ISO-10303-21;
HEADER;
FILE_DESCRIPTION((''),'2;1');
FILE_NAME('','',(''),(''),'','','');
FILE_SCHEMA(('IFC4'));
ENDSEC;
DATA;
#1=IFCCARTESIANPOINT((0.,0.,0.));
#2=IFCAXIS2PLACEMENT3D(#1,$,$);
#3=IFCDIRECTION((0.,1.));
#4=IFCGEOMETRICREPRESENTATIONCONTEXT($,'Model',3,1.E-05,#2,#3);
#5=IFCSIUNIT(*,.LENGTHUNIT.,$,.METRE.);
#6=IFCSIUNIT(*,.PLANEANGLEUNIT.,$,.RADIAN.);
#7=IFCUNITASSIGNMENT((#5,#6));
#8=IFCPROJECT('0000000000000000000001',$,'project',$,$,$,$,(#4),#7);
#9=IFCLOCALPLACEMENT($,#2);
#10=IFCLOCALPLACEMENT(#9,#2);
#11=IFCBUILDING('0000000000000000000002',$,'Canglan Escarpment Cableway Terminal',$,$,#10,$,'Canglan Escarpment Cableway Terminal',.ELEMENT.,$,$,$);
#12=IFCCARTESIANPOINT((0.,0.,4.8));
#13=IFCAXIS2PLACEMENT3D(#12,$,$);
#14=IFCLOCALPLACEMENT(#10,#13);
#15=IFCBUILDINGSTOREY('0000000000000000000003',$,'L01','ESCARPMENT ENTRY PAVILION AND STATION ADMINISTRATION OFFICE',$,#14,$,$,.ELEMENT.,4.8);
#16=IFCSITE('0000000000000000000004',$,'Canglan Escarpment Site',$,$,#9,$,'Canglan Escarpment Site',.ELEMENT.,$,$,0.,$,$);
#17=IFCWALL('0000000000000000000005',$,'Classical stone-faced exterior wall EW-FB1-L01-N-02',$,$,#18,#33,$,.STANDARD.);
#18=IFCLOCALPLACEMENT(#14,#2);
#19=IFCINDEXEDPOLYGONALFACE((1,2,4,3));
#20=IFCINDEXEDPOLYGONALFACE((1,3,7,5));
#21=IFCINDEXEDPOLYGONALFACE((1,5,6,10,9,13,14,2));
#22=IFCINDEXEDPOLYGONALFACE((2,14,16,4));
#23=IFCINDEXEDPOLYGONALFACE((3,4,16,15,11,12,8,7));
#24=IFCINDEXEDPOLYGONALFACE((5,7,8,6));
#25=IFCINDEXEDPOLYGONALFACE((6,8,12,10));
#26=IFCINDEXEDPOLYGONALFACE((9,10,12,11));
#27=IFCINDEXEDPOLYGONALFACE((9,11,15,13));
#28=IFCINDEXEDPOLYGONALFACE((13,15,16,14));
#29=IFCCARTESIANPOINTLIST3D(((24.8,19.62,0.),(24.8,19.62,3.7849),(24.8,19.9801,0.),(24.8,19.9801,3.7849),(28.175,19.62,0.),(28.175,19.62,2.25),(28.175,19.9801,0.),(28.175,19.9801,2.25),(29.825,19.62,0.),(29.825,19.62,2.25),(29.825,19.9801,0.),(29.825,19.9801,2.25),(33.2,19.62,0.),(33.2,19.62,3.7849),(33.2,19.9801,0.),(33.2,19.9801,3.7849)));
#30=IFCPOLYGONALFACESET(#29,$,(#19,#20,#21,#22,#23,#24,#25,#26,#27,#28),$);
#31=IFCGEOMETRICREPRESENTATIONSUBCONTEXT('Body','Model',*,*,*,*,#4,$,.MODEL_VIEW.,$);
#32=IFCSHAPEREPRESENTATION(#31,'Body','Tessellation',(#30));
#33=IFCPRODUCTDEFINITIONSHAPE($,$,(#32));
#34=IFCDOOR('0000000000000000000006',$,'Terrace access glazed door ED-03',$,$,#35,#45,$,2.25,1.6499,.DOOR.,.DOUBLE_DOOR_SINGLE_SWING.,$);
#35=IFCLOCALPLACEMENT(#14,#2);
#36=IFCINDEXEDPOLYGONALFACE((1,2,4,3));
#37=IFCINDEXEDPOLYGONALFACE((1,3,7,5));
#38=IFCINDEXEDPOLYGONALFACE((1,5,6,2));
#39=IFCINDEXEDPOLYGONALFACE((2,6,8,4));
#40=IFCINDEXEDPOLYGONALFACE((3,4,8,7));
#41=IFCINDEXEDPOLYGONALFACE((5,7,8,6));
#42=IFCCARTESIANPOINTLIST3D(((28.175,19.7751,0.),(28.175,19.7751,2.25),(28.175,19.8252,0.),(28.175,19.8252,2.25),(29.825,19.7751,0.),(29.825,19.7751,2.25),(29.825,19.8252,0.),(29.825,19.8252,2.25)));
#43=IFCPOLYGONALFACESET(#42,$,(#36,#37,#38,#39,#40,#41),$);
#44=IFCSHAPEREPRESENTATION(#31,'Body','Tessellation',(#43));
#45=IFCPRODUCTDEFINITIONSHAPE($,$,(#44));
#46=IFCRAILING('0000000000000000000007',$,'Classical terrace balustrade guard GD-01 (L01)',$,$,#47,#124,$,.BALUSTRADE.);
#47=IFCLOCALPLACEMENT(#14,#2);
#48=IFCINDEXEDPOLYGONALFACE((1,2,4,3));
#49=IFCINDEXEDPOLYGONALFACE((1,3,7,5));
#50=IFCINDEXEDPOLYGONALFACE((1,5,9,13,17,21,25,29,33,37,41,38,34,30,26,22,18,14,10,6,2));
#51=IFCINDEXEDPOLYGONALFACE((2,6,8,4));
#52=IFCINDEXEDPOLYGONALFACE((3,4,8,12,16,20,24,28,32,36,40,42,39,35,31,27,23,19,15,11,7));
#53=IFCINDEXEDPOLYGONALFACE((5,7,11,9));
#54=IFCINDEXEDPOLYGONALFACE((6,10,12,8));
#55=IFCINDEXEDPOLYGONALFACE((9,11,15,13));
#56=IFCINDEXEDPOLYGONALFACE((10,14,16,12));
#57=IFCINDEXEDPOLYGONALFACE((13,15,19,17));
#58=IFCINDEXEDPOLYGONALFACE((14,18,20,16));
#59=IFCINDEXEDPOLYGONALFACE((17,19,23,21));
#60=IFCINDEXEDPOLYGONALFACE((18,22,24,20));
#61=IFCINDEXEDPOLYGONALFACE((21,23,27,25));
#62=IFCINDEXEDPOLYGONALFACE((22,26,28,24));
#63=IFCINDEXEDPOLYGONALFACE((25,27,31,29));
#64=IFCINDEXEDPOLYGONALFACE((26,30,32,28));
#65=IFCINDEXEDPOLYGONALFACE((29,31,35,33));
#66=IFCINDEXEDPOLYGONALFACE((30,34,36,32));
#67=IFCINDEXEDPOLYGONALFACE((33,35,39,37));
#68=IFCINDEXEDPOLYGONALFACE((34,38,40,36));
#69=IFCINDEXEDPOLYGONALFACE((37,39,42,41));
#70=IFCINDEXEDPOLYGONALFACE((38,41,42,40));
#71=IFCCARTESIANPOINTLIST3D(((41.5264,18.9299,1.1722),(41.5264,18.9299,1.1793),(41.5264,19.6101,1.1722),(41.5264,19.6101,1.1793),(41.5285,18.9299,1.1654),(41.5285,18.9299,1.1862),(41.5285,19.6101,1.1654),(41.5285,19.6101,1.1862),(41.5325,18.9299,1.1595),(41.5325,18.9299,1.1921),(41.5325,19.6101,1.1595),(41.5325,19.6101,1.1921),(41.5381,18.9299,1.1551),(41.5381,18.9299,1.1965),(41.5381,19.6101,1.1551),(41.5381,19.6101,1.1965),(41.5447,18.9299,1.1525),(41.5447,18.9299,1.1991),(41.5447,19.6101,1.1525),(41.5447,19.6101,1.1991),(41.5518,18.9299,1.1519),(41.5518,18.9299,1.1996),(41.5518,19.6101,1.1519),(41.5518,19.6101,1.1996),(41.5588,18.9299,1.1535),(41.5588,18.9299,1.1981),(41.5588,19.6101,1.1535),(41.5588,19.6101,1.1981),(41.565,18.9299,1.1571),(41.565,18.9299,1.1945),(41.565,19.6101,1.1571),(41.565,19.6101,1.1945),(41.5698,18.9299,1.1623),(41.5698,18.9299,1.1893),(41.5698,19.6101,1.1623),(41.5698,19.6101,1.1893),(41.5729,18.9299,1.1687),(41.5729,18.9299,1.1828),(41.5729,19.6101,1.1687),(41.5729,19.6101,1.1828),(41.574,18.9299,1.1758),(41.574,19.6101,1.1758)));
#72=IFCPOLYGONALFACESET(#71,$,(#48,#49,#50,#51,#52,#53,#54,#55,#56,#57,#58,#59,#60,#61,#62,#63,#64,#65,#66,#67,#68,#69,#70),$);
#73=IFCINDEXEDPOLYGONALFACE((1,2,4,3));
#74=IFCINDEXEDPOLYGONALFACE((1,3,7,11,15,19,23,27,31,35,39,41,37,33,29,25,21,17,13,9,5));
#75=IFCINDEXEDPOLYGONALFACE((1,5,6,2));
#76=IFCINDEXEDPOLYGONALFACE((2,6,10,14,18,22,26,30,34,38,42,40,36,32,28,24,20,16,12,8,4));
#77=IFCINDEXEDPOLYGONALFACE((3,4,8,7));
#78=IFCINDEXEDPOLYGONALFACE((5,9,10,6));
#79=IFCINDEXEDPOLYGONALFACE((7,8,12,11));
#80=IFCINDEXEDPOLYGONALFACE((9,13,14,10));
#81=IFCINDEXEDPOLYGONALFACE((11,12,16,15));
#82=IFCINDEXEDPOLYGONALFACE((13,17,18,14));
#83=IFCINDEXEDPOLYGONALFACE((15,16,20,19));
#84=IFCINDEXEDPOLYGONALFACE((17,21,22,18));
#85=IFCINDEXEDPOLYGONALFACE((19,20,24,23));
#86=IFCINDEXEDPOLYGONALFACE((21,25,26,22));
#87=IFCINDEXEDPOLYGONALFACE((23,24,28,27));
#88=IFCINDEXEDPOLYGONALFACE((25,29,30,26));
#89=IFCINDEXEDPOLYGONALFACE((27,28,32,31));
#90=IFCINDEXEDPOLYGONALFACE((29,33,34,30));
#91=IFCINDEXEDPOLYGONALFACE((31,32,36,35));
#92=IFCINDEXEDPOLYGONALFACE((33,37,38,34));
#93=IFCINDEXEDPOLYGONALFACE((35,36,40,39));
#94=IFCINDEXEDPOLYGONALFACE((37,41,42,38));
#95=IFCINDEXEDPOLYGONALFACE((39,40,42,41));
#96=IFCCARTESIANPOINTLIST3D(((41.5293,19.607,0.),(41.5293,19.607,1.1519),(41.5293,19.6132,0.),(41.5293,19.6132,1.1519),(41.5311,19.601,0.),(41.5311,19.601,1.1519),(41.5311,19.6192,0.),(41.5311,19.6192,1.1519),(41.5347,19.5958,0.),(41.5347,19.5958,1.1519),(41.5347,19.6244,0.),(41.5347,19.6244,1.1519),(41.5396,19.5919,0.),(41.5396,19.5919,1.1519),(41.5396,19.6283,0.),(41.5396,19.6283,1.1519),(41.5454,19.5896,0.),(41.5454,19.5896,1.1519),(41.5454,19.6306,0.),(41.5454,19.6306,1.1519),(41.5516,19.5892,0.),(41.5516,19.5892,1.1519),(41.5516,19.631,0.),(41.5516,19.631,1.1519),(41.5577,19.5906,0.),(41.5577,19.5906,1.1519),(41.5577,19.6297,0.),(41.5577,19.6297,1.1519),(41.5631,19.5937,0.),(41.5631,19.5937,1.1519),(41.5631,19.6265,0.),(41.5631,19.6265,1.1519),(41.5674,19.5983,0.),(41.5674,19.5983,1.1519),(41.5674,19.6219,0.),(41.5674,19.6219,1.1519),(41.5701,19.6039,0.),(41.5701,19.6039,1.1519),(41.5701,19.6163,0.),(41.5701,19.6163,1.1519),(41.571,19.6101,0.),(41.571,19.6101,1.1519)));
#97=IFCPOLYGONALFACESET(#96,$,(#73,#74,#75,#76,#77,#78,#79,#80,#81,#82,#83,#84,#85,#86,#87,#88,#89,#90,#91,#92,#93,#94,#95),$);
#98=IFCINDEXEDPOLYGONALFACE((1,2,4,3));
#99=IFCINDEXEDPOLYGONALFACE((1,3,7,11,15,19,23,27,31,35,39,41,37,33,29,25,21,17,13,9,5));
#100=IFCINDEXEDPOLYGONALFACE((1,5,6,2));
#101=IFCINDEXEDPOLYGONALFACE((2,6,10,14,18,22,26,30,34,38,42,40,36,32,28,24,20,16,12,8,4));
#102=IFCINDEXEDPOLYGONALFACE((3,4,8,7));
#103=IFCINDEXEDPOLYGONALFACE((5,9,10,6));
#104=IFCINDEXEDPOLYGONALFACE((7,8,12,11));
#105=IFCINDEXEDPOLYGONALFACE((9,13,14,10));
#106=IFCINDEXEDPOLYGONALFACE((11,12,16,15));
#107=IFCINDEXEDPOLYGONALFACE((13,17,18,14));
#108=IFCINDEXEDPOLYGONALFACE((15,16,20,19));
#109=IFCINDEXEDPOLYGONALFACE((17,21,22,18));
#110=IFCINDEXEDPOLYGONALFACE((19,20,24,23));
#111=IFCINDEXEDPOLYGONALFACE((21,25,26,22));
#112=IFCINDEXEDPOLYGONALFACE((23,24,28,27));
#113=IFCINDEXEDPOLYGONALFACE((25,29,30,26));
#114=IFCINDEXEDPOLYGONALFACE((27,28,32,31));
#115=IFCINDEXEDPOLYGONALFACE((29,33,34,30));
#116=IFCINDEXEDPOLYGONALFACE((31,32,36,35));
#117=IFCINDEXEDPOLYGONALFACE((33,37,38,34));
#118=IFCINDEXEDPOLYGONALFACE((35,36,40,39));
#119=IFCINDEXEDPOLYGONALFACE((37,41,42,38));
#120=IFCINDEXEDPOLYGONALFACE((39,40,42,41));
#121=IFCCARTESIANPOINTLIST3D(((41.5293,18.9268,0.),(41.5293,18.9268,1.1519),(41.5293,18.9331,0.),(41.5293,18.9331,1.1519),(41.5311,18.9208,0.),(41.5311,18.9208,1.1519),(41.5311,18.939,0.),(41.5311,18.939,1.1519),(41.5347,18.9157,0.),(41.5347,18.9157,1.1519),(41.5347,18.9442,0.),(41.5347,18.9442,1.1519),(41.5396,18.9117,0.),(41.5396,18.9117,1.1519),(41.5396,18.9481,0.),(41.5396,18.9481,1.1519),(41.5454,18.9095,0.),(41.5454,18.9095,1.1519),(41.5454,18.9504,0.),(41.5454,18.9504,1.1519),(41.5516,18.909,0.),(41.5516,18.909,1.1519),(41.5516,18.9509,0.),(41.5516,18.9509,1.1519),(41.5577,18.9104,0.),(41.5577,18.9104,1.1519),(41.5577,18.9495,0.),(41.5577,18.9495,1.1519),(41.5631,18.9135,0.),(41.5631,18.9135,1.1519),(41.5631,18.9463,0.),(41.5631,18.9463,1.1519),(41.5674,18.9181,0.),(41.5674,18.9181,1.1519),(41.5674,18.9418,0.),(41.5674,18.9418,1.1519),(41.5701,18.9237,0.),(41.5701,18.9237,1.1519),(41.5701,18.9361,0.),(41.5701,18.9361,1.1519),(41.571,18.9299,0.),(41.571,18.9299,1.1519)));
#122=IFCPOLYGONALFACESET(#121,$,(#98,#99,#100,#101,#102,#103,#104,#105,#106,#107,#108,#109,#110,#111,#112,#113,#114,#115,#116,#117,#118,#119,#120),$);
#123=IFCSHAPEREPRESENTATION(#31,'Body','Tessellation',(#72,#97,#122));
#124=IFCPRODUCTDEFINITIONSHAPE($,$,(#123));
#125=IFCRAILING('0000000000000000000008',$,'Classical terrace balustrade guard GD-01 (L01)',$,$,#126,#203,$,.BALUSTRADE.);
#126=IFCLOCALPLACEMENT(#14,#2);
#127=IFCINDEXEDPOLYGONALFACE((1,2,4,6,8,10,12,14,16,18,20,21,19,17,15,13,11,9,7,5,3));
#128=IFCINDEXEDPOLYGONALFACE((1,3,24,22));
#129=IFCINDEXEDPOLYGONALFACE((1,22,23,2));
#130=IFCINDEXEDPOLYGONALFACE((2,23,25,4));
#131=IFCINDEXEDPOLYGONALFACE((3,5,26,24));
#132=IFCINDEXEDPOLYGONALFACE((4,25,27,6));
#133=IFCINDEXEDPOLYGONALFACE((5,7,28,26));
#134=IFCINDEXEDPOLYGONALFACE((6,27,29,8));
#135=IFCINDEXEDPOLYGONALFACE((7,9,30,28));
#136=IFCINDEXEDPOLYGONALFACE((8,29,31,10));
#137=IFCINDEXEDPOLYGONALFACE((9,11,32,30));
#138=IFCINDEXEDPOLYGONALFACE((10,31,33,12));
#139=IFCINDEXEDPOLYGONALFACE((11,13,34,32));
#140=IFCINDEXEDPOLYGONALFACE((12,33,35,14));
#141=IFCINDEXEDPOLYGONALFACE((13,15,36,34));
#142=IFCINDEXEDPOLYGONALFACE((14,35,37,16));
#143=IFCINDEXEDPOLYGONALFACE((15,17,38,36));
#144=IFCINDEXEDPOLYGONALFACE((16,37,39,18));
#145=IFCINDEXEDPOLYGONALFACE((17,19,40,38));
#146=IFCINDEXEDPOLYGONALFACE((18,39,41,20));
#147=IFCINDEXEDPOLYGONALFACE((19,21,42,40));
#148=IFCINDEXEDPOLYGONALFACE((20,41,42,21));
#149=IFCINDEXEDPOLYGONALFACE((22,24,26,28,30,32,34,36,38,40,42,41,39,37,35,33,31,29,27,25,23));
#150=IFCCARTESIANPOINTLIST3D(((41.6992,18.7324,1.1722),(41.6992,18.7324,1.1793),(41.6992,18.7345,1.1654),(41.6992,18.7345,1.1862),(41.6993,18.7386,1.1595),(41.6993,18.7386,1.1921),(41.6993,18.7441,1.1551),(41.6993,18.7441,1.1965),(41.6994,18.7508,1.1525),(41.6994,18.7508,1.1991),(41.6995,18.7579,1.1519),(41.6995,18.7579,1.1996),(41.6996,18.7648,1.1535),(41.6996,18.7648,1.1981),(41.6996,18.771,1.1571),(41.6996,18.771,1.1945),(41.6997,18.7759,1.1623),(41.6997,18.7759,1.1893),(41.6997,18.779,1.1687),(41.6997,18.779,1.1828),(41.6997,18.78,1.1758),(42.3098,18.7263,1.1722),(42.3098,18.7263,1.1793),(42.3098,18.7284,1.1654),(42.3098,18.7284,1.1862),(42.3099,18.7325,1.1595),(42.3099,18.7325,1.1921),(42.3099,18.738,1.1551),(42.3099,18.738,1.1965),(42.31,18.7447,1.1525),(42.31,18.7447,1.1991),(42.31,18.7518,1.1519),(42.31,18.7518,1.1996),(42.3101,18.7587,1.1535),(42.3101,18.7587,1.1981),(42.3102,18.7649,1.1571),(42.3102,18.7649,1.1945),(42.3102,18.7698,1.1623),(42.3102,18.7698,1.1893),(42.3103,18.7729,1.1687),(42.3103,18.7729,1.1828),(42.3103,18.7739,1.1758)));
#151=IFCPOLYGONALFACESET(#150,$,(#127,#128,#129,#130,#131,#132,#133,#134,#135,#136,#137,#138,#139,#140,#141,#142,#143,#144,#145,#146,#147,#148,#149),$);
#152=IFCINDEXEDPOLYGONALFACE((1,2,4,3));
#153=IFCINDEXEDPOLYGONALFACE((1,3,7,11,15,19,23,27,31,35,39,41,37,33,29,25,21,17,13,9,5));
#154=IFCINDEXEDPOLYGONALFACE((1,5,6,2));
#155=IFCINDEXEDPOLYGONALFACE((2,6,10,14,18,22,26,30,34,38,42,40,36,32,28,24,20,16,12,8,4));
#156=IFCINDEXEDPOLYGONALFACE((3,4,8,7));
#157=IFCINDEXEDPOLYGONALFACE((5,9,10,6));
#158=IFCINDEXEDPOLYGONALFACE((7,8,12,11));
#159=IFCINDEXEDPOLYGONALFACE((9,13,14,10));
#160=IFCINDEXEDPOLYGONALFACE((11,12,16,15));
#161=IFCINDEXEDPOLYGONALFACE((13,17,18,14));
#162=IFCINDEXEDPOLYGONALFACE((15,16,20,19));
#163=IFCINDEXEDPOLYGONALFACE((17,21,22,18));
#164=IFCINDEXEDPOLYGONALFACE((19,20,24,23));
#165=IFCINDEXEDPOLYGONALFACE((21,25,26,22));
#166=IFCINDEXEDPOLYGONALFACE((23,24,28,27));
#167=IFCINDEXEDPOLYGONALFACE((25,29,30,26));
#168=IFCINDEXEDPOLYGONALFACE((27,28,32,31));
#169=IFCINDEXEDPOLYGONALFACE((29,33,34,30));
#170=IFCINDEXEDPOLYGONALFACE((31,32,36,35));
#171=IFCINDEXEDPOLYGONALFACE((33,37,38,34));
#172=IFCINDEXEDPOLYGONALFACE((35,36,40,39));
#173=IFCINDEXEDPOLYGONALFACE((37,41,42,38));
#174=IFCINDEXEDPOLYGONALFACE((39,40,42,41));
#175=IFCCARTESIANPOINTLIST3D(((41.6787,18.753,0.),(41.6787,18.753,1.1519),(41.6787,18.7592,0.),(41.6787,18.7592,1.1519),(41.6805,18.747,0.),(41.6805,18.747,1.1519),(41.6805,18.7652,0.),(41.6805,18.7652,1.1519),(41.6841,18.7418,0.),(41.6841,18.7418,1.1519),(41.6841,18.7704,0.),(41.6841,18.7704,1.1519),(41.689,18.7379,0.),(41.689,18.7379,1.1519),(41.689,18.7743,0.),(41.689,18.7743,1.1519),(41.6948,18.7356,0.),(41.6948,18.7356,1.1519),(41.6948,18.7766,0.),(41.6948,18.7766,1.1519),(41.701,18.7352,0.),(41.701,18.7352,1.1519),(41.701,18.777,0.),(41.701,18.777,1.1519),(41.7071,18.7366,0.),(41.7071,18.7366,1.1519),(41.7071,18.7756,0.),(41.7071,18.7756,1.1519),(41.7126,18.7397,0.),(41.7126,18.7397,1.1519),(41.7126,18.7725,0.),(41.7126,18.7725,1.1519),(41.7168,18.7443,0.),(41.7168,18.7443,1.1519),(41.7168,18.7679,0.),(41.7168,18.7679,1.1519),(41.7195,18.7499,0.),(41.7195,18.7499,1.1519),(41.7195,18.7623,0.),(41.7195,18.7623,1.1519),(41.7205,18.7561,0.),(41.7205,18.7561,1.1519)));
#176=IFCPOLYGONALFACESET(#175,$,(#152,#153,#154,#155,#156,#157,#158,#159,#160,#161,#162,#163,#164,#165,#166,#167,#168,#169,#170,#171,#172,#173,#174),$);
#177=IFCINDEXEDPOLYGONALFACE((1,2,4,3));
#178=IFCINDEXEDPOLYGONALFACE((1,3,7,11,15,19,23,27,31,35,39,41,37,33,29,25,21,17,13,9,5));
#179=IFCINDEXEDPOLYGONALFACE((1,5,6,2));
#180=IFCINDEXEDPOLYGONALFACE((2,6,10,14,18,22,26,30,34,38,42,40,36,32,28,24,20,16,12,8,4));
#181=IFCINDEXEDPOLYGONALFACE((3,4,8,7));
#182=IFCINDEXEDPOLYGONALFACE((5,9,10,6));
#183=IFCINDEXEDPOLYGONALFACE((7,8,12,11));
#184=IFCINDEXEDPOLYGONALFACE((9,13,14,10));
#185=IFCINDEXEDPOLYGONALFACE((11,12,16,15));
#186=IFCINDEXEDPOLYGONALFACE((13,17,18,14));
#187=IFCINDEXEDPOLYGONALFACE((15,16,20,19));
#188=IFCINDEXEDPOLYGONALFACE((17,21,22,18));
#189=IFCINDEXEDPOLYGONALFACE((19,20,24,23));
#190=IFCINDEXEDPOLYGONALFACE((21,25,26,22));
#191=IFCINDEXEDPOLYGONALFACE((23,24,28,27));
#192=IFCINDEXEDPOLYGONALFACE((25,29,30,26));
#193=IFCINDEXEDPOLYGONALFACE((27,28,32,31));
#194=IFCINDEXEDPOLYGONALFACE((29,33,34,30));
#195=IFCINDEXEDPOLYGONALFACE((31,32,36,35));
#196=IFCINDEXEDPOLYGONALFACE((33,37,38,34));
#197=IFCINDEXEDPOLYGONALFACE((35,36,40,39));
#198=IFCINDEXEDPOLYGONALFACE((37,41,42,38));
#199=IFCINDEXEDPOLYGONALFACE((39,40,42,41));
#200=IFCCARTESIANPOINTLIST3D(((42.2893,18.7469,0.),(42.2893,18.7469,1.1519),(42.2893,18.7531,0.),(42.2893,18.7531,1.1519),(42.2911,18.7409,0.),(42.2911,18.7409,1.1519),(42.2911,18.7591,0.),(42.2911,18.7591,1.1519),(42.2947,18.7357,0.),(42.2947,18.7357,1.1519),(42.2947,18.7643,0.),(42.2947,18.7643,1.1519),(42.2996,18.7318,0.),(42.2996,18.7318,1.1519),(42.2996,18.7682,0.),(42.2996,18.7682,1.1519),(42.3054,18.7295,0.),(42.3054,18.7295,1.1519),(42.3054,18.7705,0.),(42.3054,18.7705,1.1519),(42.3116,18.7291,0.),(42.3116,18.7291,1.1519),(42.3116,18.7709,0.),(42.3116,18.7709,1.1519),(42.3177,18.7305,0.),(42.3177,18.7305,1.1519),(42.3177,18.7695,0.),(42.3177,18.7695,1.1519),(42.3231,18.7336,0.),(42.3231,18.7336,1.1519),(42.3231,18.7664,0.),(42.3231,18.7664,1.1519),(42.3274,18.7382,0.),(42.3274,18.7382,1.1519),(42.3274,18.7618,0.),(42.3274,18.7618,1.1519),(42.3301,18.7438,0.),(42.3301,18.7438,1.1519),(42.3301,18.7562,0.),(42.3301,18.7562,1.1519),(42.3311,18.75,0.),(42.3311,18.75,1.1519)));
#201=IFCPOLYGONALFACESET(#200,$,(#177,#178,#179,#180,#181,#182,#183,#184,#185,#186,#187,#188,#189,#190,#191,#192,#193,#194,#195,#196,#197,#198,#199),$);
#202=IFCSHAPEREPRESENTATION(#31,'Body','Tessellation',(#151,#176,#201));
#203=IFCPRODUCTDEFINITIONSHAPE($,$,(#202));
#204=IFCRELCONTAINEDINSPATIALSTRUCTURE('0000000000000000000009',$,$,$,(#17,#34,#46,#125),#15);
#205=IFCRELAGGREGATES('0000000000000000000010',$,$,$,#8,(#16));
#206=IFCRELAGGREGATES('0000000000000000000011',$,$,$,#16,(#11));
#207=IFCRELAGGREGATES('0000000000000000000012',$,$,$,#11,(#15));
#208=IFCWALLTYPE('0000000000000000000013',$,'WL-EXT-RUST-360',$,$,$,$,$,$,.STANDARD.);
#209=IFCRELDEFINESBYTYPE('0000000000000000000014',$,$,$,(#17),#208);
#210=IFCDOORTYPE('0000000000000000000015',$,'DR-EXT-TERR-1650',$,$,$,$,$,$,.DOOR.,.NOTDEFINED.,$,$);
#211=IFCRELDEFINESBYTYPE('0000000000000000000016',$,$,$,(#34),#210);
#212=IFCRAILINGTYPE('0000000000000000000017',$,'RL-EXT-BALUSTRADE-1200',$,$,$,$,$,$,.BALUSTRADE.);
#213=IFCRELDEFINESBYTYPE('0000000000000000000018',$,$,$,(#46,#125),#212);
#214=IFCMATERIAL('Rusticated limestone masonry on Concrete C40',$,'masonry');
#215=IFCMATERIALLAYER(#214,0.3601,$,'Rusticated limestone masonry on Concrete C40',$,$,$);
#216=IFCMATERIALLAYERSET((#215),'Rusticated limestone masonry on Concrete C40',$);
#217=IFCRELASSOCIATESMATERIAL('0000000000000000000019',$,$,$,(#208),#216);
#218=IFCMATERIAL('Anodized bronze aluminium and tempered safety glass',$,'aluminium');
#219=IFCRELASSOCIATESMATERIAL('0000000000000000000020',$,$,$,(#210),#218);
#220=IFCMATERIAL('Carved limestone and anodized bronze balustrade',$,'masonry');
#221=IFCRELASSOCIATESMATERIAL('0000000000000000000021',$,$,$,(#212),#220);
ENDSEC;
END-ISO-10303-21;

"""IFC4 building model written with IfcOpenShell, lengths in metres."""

from ifc_helpers import new_model, si_unit, direction, frame, frame_2d, origin, origin_2d, place, context, subcontext, project, spatial, rectangle, circle, extrude, material, layer, layer_set, type_object, element, fill, save


model = new_model("IFC4")

# Units and contexts
model_context = context("Model", 3, precision=1e-05, world=origin(), true_north=direction((0.0, 1.0)))
body_context = subcontext(model_context, "Body", "Model", "MODEL_VIEW")
ifc_project = project(units=[si_unit("LENGTHUNIT", "METRE"), si_unit("PLANEANGLEUNIT", "RADIAN")], contexts=[model_context])

# Site, building, storey
site_placement = place(None, origin())
site = spatial("IfcSite", under=ifc_project, at=site_placement, Name="Canglan Escarpment Site", LongName="Canglan Escarpment Site", CompositionType="ELEMENT", RefElevation=0.0)
building_placement = place(site_placement, origin())
building = spatial("IfcBuilding", under=site, at=building_placement, Name="Canglan Escarpment Cableway Terminal", LongName="Canglan Escarpment Cableway Terminal", CompositionType="ELEMENT")
storey_placement = place(building_placement, frame((0.0, 0.0, 4.8)))
storey = spatial("IfcBuildingStorey", under=building, at=storey_placement, Name="L01", Description="ESCARPMENT ENTRY PAVILION AND STATION ADMINISTRATION OFFICE", CompositionType="ELEMENT", Elevation=4.8)

# Wall, opening, door
ifc_material_1 = material(Name="Rusticated limestone masonry on Concrete C40", Category="masonry")
ifc_layer_1 = layer(ifc_material_1, 0.3601, Name="Rusticated limestone masonry on Concrete C40")
ifc_layer_set_1 = layer_set([ifc_layer_1], Name="Rusticated limestone masonry on Concrete C40")
wall_type = type_object("IfcWallType", Name="WL-EXT-RUST-360", PredefinedType="STANDARD", material=ifc_layer_set_1)
wall_placement = place(storey_placement, frame((33.2, 19.8, 0.0), z_axis=(0.0, 0.0, 1.0), x_axis=(-1.0, 0.0, 0.0)))
wall = element("IfcWall", 1, at=wall_placement, inside=storey, type_object=wall_type, Name="Classical stone-faced exterior wall EW-FB1-L01-N-02", PredefinedType="STANDARD", context=body_context, shape_type="SweptSolid", body=[
    extrude(rectangle(XDim=8.3999, YDim=0.3601, at=frame_2d((4.2, 0.0))), origin(), (0.0, 0.0, 1.0), 3.7849),
])
opening_placement = place(wall_placement, frame((3.375, 0.0, 0.0)))
opening = element("IfcOpeningElement", 2, at=opening_placement, cuts=wall, PredefinedType="OPENING", context=body_context, shape_type="SweptSolid", body=[
    extrude(rectangle(XDim=1.6499, YDim=2.25, at=frame_2d((0.825, 1.125))), frame((0.0, 0.1899, 0.0), z_axis=(0.0, -1.0, 0.0), x_axis=(1.0, 0.0, 0.0)), (0.0, 0.0, 1.0), 0.3801),
])
ifc_material_2 = material(Name="Anodized bronze aluminium and tempered safety glass", Category="aluminium")
door_type = type_object("IfcDoorType", Name="DR-EXT-TERR-1650", OperationType="NOTDEFINED", PredefinedType="DOOR", material=ifc_material_2)
door_placement = place(opening_placement, origin())
door = element("IfcDoor", 3, at=door_placement, inside=storey, type_object=door_type, Name="Terrace access glazed door ED-03", OperationType="DOUBLE_DOOR_SINGLE_SWING", OverallHeight=2.25, OverallWidth=1.6499, PredefinedType="DOOR", context=body_context, shape_type="SweptSolid", body=[
    extrude(rectangle(XDim=1.6499, YDim=2.25, at=frame_2d((0.825, 1.125))), frame((0.0, 0.0249, 0.0), z_axis=(0.0, -1.0, 0.0), x_axis=(1.0, 0.0, 0.0)), (0.0, 0.0, 1.0), 0.05),
])
fill(opening, door)

# Railings
ifc_material_3 = material(Name="Carved limestone and anodized bronze balustrade", Category="masonry")
railing_type = type_object("IfcRailingType", Name="RL-EXT-BALUSTRADE-1200", PredefinedType="BALUSTRADE", material=ifc_material_3)
railing_1_placement = place(storey_placement, frame((41.55, 19.6101, 0.0)))
element("IfcRailing", 4, at=railing_1_placement, inside=storey, type_object=railing_type, Name="Classical terrace balustrade guard GD-01 (L01)", PredefinedType="BALUSTRADE", context=body_context, shape_type="SweptSolid", body=[
    extrude(circle(Radius=0.0239, at=origin_2d()), frame((0.0, 0.0, 1.1758), z_axis=(0.0, -1.0, 0.0), x_axis=(1.0, 0.0, 0.0)), (0.0, 0.0, 1.0), 0.6802),
    extrude(circle(Radius=0.021, at=origin_2d()), origin(), (0.0, 0.0, 1.0), 1.1519),
    extrude(circle(Radius=0.021, at=origin_2d()), frame((0.0, -0.6802, 0.0)), (0.0, 0.0, 1.0), 1.1519),
])
railing_2_placement = place(storey_placement, frame((41.6995, 18.7561, 0.0)))
element("IfcRailing", 5, at=railing_2_placement, inside=storey, type_object=railing_type, Name="Classical terrace balustrade guard GD-01 (L01)", PredefinedType="BALUSTRADE", context=body_context, shape_type="SweptSolid", body=[
    extrude(circle(Radius=0.0239, at=origin_2d()), frame((0.0, 0.0, 1.1758), z_axis=(0.99995, -0.009996, 0.0), x_axis=(0.009996, 0.99995, 0.0)), (0.0, 0.0, 1.0), 0.6106),
    extrude(circle(Radius=0.021, at=origin_2d()), origin(), (0.0, 0.0, 1.0), 1.1519),
    extrude(circle(Radius=0.021, at=origin_2d()), frame((0.6106, -0.0061, 0.0)), (0.0, 0.0, 1.0), 1.1519),
])

save(model, "model.ifc")
